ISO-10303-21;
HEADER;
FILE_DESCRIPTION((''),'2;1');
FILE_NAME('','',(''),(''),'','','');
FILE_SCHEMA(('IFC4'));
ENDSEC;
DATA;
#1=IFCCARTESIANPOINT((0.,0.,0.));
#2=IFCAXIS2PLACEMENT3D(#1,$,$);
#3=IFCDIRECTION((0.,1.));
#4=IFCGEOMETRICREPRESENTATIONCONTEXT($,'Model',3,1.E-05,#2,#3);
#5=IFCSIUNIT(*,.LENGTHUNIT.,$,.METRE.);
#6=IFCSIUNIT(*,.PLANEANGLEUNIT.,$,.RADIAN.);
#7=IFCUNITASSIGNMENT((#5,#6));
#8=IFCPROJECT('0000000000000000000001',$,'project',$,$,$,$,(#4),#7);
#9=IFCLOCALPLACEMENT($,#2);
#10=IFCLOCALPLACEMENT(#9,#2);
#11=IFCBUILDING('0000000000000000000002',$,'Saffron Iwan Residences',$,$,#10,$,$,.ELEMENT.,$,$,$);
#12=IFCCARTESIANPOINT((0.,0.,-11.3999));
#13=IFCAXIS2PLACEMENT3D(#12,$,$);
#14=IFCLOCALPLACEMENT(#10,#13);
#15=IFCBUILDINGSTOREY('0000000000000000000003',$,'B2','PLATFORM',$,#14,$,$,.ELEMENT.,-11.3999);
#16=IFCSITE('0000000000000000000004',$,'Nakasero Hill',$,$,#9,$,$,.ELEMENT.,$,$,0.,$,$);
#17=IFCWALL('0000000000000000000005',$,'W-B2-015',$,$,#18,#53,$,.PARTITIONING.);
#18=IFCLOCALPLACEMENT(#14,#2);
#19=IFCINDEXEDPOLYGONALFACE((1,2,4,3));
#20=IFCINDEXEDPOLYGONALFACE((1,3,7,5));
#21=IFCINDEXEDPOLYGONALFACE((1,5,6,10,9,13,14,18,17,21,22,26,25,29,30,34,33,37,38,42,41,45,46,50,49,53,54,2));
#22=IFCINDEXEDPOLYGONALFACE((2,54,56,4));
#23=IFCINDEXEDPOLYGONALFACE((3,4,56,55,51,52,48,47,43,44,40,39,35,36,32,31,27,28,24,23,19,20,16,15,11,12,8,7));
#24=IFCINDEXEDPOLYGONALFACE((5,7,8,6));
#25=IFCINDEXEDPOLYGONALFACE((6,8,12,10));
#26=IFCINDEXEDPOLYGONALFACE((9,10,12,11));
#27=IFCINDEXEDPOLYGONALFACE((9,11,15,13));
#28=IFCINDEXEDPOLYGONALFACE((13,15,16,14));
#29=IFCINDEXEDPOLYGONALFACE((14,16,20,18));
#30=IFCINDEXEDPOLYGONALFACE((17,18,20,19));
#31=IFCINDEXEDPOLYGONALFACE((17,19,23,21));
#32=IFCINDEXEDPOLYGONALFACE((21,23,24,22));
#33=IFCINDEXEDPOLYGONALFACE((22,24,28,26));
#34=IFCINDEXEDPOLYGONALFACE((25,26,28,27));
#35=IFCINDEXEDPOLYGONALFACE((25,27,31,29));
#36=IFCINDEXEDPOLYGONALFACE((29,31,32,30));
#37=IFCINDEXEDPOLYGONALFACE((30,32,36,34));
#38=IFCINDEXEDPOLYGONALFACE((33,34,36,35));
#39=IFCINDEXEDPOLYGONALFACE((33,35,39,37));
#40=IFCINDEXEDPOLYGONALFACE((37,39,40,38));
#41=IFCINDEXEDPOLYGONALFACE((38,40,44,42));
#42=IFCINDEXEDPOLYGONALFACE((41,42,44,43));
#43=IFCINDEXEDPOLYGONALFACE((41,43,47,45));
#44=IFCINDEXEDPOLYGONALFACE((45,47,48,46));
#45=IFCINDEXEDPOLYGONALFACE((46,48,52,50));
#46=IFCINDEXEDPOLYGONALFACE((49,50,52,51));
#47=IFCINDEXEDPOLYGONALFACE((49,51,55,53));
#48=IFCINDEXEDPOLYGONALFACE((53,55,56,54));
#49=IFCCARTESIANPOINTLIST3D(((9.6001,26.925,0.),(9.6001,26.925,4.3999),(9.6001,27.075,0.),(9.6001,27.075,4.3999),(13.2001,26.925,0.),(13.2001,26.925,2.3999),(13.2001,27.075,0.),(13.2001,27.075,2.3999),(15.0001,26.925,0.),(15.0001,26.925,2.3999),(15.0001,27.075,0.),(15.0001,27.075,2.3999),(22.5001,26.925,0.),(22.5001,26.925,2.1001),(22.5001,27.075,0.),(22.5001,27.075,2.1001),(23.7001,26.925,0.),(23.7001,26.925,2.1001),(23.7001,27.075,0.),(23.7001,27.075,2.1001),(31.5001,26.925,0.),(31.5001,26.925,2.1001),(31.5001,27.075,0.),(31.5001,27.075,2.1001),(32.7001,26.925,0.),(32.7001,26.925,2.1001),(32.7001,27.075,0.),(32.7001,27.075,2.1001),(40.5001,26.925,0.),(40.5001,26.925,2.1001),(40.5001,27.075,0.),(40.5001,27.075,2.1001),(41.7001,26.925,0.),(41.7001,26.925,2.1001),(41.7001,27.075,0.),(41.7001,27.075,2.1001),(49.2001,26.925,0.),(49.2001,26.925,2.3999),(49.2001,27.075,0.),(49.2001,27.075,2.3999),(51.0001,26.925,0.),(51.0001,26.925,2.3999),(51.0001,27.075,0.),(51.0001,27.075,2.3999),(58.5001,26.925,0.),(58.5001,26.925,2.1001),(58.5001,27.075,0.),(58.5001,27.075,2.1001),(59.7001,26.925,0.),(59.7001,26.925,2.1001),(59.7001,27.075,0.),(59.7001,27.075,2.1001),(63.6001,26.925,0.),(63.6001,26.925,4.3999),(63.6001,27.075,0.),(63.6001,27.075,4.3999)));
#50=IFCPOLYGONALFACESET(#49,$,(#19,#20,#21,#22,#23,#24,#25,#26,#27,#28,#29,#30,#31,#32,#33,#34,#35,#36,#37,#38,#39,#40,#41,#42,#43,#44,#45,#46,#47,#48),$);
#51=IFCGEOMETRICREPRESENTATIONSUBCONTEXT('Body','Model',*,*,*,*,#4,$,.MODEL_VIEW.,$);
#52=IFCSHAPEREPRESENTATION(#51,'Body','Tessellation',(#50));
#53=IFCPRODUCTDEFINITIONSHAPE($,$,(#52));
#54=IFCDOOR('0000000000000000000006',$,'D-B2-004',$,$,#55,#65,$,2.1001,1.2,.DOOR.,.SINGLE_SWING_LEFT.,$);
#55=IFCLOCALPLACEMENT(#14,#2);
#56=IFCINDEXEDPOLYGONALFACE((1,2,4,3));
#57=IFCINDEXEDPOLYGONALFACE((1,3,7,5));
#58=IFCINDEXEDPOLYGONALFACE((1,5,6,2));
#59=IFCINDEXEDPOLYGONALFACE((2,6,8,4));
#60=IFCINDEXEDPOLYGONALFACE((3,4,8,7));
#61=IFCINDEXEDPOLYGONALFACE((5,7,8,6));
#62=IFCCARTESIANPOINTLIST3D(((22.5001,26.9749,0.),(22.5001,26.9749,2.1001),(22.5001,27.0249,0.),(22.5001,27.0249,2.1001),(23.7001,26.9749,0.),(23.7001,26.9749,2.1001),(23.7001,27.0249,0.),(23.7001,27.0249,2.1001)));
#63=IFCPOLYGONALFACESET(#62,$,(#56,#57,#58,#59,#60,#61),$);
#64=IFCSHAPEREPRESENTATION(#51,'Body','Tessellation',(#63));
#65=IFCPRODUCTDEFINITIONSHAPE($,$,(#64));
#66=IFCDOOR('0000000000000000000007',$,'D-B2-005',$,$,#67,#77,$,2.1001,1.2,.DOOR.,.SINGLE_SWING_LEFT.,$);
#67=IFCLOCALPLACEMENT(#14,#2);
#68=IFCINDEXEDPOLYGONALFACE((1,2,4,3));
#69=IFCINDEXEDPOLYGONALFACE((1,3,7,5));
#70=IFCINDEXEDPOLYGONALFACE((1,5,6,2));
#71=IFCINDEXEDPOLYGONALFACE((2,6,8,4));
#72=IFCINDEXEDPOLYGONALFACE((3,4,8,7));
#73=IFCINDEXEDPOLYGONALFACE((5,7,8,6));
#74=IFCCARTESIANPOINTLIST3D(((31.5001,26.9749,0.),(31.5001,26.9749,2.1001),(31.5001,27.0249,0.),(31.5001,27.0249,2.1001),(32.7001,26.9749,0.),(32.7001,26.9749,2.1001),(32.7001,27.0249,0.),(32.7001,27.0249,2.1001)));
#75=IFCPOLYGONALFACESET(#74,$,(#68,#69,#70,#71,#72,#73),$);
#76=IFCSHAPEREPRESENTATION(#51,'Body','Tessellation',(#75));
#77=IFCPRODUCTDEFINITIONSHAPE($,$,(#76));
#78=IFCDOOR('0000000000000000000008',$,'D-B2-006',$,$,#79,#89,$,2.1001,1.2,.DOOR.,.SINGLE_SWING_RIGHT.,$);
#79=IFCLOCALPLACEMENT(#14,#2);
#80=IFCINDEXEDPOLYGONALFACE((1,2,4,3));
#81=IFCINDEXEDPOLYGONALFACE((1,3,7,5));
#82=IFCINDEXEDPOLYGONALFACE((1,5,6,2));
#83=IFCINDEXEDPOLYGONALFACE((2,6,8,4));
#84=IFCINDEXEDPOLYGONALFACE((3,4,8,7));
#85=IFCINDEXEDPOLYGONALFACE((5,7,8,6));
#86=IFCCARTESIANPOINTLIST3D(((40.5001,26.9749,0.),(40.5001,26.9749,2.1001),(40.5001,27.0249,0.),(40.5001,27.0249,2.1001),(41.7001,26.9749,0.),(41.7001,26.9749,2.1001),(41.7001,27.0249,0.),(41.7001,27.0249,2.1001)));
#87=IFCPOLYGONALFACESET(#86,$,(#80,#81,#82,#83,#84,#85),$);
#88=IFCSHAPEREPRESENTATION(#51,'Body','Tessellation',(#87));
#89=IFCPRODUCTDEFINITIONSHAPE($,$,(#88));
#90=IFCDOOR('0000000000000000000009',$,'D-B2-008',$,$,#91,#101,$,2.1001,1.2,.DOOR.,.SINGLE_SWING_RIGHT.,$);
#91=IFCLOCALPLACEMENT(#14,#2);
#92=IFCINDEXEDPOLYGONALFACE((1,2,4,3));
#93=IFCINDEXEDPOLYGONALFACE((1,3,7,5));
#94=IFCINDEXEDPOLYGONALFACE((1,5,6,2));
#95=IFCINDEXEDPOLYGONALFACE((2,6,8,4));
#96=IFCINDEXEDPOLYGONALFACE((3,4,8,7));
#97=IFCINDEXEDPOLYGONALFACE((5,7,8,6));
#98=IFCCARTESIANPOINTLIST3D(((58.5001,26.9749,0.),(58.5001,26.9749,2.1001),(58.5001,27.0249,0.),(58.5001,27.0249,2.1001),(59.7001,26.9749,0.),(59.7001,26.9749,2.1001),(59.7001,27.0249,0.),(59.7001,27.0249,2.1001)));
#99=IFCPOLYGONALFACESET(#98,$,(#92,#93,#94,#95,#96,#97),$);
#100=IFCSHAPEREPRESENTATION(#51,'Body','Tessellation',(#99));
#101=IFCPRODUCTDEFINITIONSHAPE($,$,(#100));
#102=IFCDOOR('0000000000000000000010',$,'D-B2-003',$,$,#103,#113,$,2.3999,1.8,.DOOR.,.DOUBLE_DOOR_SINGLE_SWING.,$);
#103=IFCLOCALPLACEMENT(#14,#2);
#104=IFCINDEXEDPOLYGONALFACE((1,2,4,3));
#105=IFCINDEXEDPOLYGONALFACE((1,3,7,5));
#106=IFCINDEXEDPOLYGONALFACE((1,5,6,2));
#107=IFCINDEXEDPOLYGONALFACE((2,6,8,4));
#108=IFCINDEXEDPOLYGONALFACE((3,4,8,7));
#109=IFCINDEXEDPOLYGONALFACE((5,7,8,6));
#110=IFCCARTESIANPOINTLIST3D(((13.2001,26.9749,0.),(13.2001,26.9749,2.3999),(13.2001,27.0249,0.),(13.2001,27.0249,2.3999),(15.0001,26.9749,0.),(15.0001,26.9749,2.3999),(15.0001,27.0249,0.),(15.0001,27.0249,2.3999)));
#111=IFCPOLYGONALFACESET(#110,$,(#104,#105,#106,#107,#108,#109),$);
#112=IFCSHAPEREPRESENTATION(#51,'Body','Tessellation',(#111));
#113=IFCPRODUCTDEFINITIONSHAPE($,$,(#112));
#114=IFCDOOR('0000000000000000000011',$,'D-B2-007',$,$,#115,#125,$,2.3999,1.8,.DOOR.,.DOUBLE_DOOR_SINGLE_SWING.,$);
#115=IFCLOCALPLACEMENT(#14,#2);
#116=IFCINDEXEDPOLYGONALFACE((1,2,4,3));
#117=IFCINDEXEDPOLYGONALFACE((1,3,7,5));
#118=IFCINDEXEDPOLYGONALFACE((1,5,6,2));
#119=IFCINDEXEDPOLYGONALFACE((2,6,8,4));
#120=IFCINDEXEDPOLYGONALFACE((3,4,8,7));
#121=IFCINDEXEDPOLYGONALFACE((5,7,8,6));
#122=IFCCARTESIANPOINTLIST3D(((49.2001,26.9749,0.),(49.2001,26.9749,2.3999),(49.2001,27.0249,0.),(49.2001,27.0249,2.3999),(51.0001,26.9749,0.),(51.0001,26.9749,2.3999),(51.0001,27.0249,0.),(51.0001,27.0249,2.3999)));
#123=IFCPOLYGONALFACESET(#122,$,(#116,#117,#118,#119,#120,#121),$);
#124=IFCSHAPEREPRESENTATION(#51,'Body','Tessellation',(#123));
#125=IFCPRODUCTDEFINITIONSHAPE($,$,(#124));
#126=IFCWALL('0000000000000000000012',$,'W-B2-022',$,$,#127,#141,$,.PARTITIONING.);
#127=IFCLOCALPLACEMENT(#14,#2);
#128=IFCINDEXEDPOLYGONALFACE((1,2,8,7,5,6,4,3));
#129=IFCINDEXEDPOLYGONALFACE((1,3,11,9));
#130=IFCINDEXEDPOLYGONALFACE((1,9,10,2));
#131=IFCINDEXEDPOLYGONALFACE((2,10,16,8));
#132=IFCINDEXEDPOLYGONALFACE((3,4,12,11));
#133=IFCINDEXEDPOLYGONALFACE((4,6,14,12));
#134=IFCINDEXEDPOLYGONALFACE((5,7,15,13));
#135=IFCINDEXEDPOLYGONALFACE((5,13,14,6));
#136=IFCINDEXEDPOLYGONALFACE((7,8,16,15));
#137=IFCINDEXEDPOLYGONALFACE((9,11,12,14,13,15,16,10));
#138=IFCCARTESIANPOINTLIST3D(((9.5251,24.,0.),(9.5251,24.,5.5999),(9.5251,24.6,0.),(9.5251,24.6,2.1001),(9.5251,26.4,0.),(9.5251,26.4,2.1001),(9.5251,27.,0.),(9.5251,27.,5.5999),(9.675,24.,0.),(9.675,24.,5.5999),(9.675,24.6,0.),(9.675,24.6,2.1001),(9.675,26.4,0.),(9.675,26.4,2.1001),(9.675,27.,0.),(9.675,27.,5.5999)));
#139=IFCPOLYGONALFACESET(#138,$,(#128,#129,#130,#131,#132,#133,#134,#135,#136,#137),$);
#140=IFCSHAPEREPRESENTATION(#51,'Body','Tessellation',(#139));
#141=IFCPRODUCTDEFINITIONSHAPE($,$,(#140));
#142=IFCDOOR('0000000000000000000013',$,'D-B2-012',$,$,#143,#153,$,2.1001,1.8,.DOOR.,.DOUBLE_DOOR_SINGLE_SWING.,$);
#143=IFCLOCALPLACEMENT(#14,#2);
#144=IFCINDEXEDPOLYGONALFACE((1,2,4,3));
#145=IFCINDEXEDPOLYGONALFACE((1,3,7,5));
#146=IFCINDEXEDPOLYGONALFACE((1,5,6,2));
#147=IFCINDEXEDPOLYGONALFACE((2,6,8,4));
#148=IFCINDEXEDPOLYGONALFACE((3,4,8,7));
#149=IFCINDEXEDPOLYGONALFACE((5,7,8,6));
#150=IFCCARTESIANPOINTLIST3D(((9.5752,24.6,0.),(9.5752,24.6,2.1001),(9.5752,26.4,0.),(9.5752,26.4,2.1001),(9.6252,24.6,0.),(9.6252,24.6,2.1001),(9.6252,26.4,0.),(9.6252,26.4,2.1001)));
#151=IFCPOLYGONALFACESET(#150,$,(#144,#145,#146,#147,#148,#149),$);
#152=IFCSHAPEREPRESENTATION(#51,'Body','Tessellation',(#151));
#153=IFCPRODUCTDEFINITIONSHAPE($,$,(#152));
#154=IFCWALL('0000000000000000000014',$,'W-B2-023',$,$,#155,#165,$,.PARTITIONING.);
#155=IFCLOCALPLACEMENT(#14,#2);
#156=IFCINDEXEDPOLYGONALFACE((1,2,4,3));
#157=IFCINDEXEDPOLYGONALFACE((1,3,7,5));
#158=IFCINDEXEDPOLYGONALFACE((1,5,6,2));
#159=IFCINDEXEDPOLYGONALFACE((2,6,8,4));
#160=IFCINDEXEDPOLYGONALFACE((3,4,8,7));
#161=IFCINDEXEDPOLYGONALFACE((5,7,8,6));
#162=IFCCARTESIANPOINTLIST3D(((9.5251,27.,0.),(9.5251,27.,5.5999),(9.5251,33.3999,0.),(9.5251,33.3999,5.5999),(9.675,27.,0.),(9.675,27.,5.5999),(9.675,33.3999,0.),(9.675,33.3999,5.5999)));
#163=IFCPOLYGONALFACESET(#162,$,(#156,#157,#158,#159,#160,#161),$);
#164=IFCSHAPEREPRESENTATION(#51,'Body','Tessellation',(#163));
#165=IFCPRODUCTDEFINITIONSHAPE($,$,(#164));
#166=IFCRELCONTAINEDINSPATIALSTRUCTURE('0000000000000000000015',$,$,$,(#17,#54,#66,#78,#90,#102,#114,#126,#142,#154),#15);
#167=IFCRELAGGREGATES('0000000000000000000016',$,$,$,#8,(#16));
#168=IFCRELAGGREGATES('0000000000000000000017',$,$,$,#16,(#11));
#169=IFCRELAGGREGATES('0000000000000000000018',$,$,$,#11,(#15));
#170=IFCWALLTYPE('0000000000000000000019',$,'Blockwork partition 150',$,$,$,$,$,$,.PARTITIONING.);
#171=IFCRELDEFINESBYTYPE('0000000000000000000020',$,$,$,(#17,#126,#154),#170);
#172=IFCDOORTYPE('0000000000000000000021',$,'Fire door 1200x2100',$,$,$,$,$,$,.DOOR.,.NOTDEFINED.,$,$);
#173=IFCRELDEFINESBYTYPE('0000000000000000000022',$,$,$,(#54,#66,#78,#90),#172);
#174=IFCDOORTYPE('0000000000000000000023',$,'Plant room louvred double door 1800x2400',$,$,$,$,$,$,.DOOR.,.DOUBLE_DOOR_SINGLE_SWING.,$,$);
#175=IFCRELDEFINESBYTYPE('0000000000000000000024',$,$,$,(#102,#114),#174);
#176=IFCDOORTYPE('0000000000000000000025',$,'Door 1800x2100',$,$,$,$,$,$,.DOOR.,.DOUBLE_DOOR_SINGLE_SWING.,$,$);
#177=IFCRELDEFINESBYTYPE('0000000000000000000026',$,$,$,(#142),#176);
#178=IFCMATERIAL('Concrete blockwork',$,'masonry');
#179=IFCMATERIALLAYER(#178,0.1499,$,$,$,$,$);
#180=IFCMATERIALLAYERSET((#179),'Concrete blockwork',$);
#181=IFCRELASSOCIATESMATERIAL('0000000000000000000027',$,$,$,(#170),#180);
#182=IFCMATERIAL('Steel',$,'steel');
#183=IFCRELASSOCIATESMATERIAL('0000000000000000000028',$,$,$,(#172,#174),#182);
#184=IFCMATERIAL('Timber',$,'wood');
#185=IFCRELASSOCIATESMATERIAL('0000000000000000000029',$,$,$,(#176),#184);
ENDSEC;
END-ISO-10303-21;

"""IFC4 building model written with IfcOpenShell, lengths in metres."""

from ifc_helpers import new_model, si_unit, direction, frame, frame_2d, origin, place, context, subcontext, project, spatial, rectangle, extrude, material, layer, layer_set, type_object, element, fill, save


model = new_model("IFC4")

# Units and contexts
model_context = context("Model", 3, precision=1e-05, world=origin(), true_north=direction((0.0, 1.0)))
body_context = subcontext(model_context, "Body", "Model", "MODEL_VIEW")
ifc_project = project(units=[si_unit("LENGTHUNIT", "METRE"), si_unit("PLANEANGLEUNIT", "RADIAN")], contexts=[model_context])

# Site, building, storey
site_placement = place(None, origin())
site = spatial("IfcSite", under=ifc_project, at=site_placement, Name="Nakasero Hill", CompositionType="ELEMENT", RefElevation=0.0)
building_placement = place(site_placement, origin())
building = spatial("IfcBuilding", under=site, at=building_placement, Name="Saffron Iwan Residences", CompositionType="ELEMENT")
storey_placement = place(building_placement, frame((0.0, 0.0, -11.3999)))
storey = spatial("IfcBuildingStorey", under=building, at=storey_placement, Name="B2", Description="PLATFORM", CompositionType="ELEMENT", Elevation=-11.3999)

# Shared definitions
ifc_material_1 = material(Name="Concrete blockwork", Category="masonry")
ifc_layer_1 = layer(ifc_material_1, 0.1499)
ifc_layer_set_1 = layer_set([ifc_layer_1], Name="Concrete blockwork")
wall_type_1 = type_object("IfcWallType", Name="Blockwork partition 150", PredefinedType="PARTITIONING", material=ifc_layer_set_1)

# Wall, openings, doors
wall_1_placement = place(storey_placement, frame((9.6001, 27.0, 0.0), z_axis=(0.0, 0.0, 1.0), x_axis=(1.0, 0.0, 0.0)))
wall_1 = element("IfcWall", 1, at=wall_1_placement, inside=storey, type_object=wall_type_1, Name="W-B2-015", PredefinedType="PARTITIONING", context=body_context, shape_type="SweptSolid", body=[
    extrude(rectangle(XDim=54.0, YDim=0.1499, at=frame_2d((27.0, 0.0))), origin(), (0.0, 0.0, 1.0), 4.3999),
])
opening_1_placement = place(wall_1_placement, frame((3.6001, 0.0, 0.0)))
opening_1 = element("IfcOpeningElement", 2, at=opening_1_placement, cuts=wall_1, PredefinedType="OPENING", context=body_context, shape_type="SweptSolid", body=[
    extrude(rectangle(XDim=1.8, YDim=2.3999, at=frame_2d((0.8999, 1.2))), frame((0.0, 0.085, 0.0), z_axis=(0.0, -1.0, 0.0), x_axis=(1.0, 0.0, 0.0)), (0.0, 0.0, 1.0), 0.1699),
])
opening_2_placement = place(wall_1_placement, frame((12.8999, 0.0, 0.0)))
opening_2 = element("IfcOpeningElement", 3, at=opening_2_placement, cuts=wall_1, PredefinedType="OPENING", context=body_context, shape_type="SweptSolid", body=[
    extrude(rectangle(XDim=1.2, YDim=2.1001, at=frame_2d((0.6001, 1.05))), frame((0.0, 0.085, 0.0), z_axis=(0.0, -1.0, 0.0), x_axis=(1.0, 0.0, 0.0)), (0.0, 0.0, 1.0), 0.1699),
])
opening_3_placement = place(wall_1_placement, frame((21.8999, 0.0, 0.0)))
opening_3 = element("IfcOpeningElement", 4, at=opening_3_placement, cuts=wall_1, PredefinedType="OPENING", context=body_context, shape_type="SweptSolid", body=[
    extrude(rectangle(XDim=1.2, YDim=2.1001, at=frame_2d((0.6001, 1.05))), frame((0.0, 0.085, 0.0), z_axis=(0.0, -1.0, 0.0), x_axis=(1.0, 0.0, 0.0)), (0.0, 0.0, 1.0), 0.1699),
])
opening_4_placement = place(wall_1_placement, frame((30.8999, 0.0, 0.0)))
opening_4 = element("IfcOpeningElement", 5, at=opening_4_placement, cuts=wall_1, PredefinedType="OPENING", context=body_context, shape_type="SweptSolid", body=[
    extrude(rectangle(XDim=1.2, YDim=2.1001, at=frame_2d((0.6001, 1.05))), frame((0.0, 0.085, 0.0), z_axis=(0.0, -1.0, 0.0), x_axis=(1.0, 0.0, 0.0)), (0.0, 0.0, 1.0), 0.1699),
])
opening_5_placement = place(wall_1_placement, frame((39.6001, 0.0, 0.0)))
opening_5 = element("IfcOpeningElement", 6, at=opening_5_placement, cuts=wall_1, PredefinedType="OPENING", context=body_context, shape_type="SweptSolid", body=[
    extrude(rectangle(XDim=1.8, YDim=2.3999, at=frame_2d((0.8999, 1.2))), frame((0.0, 0.085, 0.0), z_axis=(0.0, -1.0, 0.0), x_axis=(1.0, 0.0, 0.0)), (0.0, 0.0, 1.0), 0.1699),
])
opening_6_placement = place(wall_1_placement, frame((48.8999, 0.0, 0.0)))
opening_6 = element("IfcOpeningElement", 7, at=opening_6_placement, cuts=wall_1, PredefinedType="OPENING", context=body_context, shape_type="SweptSolid", body=[
    extrude(rectangle(XDim=1.2, YDim=2.1001, at=frame_2d((0.6001, 1.05))), frame((0.0, 0.085, 0.0), z_axis=(0.0, -1.0, 0.0), x_axis=(1.0, 0.0, 0.0)), (0.0, 0.0, 1.0), 0.1699),
])
ifc_material_2 = material(Name="Steel", Category="steel")
door_type_1 = type_object("IfcDoorType", Name="Fire door 1200x2100", OperationType="NOTDEFINED", PredefinedType="DOOR", material=ifc_material_2)
door_1_placement = place(opening_2_placement, origin())
door_1 = element("IfcDoor", 8, at=door_1_placement, inside=storey, type_object=door_type_1, Name="D-B2-004", OperationType="SINGLE_SWING_LEFT", OverallHeight=2.1001, OverallWidth=1.2, PredefinedType="DOOR", context=body_context, shape_type="SweptSolid", body=[
    extrude(rectangle(XDim=1.2, YDim=2.1001, at=frame_2d((0.6001, 1.05))), frame((0.0, 0.0249, 0.0), z_axis=(0.0, -1.0, 0.0), x_axis=(1.0, 0.0, 0.0)), (0.0, 0.0, 1.0), 0.05),
])
fill(opening_2, door_1)
door_2_placement = place(opening_3_placement, origin())
door_2 = element("IfcDoor", 9, at=door_2_placement, inside=storey, type_object=door_type_1, Name="D-B2-005", OperationType="SINGLE_SWING_LEFT", OverallHeight=2.1001, OverallWidth=1.2, PredefinedType="DOOR", context=body_context, shape_type="SweptSolid", body=[
    extrude(rectangle(XDim=1.2, YDim=2.1001, at=frame_2d((0.6001, 1.05))), frame((0.0, 0.0249, 0.0), z_axis=(0.0, -1.0, 0.0), x_axis=(1.0, 0.0, 0.0)), (0.0, 0.0, 1.0), 0.05),
])
fill(opening_3, door_2)
door_3_placement = place(opening_4_placement, origin())
door_3 = element("IfcDoor", 10, at=door_3_placement, inside=storey, type_object=door_type_1, Name="D-B2-006", OperationType="SINGLE_SWING_RIGHT", OverallHeight=2.1001, OverallWidth=1.2, PredefinedType="DOOR", context=body_context, shape_type="SweptSolid", body=[
    extrude(rectangle(XDim=1.2, YDim=2.1001, at=frame_2d((0.6001, 1.05))), frame((0.0, 0.0249, 0.0), z_axis=(0.0, -1.0, 0.0), x_axis=(1.0, 0.0, 0.0)), (0.0, 0.0, 1.0), 0.05),
])
fill(opening_4, door_3)
door_4_placement = place(opening_6_placement, origin())
door_4 = element("IfcDoor", 11, at=door_4_placement, inside=storey, type_object=door_type_1, Name="D-B2-008", OperationType="SINGLE_SWING_RIGHT", OverallHeight=2.1001, OverallWidth=1.2, PredefinedType="DOOR", context=body_context, shape_type="SweptSolid", body=[
    extrude(rectangle(XDim=1.2, YDim=2.1001, at=frame_2d((0.6001, 1.05))), frame((0.0, 0.0249, 0.0), z_axis=(0.0, -1.0, 0.0), x_axis=(1.0, 0.0, 0.0)), (0.0, 0.0, 1.0), 0.05),
])
fill(opening_6, door_4)
door_type_2 = type_object("IfcDoorType", Name="Plant room louvred double door 1800x2400", OperationType="DOUBLE_DOOR_SINGLE_SWING", PredefinedType="DOOR", material=ifc_material_2)
door_5_placement = place(opening_1_placement, origin())
door_5 = element("IfcDoor", 12, at=door_5_placement, inside=storey, type_object=door_type_2, Name="D-B2-003", OperationType="DOUBLE_DOOR_SINGLE_SWING", OverallHeight=2.3999, OverallWidth=1.8, PredefinedType="DOOR", context=body_context, shape_type="SweptSolid", body=[
    extrude(rectangle(XDim=1.8, YDim=2.3999, at=frame_2d((0.8999, 1.2))), frame((0.0, 0.0249, 0.0), z_axis=(0.0, -1.0, 0.0), x_axis=(1.0, 0.0, 0.0)), (0.0, 0.0, 1.0), 0.05),
])
fill(opening_1, door_5)
door_6_placement = place(opening_5_placement, origin())
door_6 = element("IfcDoor", 13, at=door_6_placement, inside=storey, type_object=door_type_2, Name="D-B2-007", OperationType="DOUBLE_DOOR_SINGLE_SWING", OverallHeight=2.3999, OverallWidth=1.8, PredefinedType="DOOR", context=body_context, shape_type="SweptSolid", body=[
    extrude(rectangle(XDim=1.8, YDim=2.3999, at=frame_2d((0.8999, 1.2))), frame((0.0, 0.0249, 0.0), z_axis=(0.0, -1.0, 0.0), x_axis=(1.0, 0.0, 0.0)), (0.0, 0.0, 1.0), 0.05),
])
fill(opening_5, door_6)

# Wall, opening, door
wall_2_placement = place(storey_placement, frame((9.6001, 24.0, 0.0), z_axis=(0.0, 0.0, 1.0), x_axis=(0.0, 1.0, 0.0)))
wall_2 = element("IfcWall", 14, at=wall_2_placement, inside=storey, type_object=wall_type_1, Name="W-B2-022", PredefinedType="PARTITIONING", context=body_context, shape_type="SweptSolid", body=[
    extrude(rectangle(XDim=3.0, YDim=0.1499, at=frame_2d((1.5, 0.0))), origin(), (0.0, 0.0, 1.0), 5.5999),
])
opening_7_placement = place(wall_2_placement, frame((0.6001, 0.0, 0.0)))
opening_7 = element("IfcOpeningElement", 15, at=opening_7_placement, cuts=wall_2, PredefinedType="OPENING", context=body_context, shape_type="SweptSolid", body=[
    extrude(rectangle(XDim=1.8, YDim=2.1001, at=frame_2d((0.8999, 1.05))), frame((0.0, 0.085, 0.0), z_axis=(0.0, -1.0, 0.0), x_axis=(1.0, 0.0, 0.0)), (0.0, 0.0, 1.0), 0.1699),
])
ifc_material_3 = material(Name="Timber", Category="wood")
door_type_3 = type_object("IfcDoorType", Name="Door 1800x2100", OperationType="DOUBLE_DOOR_SINGLE_SWING", PredefinedType="DOOR", material=ifc_material_3)
door_7_placement = place(opening_7_placement, origin())
door_7 = element("IfcDoor", 16, at=door_7_placement, inside=storey, type_object=door_type_3, Name="D-B2-012", OperationType="DOUBLE_DOOR_SINGLE_SWING", OverallHeight=2.1001, OverallWidth=1.8, PredefinedType="DOOR", context=body_context, shape_type="SweptSolid", body=[
    extrude(rectangle(XDim=1.8, YDim=2.1001, at=frame_2d((0.8999, 1.05))), frame((0.0, 0.0249, 0.0), z_axis=(0.0, -1.0, 0.0), x_axis=(1.0, 0.0, 0.0)), (0.0, 0.0, 1.0), 0.05),
])
fill(opening_7, door_7)

# Wall
wall_3_placement = place(storey_placement, frame((9.6001, 27.0, 0.0), z_axis=(0.0, 0.0, 1.0), x_axis=(0.0, 1.0, 0.0)))
element("IfcWall", 17, at=wall_3_placement, inside=storey, type_object=wall_type_1, Name="W-B2-023", PredefinedType="PARTITIONING", context=body_context, shape_type="SweptSolid", body=[
    extrude(rectangle(XDim=6.3999, YDim=0.1499, at=frame_2d((3.2, 0.0))), origin(), (0.0, 0.0, 1.0), 5.5999),
])

save(model, "model.ifc")
